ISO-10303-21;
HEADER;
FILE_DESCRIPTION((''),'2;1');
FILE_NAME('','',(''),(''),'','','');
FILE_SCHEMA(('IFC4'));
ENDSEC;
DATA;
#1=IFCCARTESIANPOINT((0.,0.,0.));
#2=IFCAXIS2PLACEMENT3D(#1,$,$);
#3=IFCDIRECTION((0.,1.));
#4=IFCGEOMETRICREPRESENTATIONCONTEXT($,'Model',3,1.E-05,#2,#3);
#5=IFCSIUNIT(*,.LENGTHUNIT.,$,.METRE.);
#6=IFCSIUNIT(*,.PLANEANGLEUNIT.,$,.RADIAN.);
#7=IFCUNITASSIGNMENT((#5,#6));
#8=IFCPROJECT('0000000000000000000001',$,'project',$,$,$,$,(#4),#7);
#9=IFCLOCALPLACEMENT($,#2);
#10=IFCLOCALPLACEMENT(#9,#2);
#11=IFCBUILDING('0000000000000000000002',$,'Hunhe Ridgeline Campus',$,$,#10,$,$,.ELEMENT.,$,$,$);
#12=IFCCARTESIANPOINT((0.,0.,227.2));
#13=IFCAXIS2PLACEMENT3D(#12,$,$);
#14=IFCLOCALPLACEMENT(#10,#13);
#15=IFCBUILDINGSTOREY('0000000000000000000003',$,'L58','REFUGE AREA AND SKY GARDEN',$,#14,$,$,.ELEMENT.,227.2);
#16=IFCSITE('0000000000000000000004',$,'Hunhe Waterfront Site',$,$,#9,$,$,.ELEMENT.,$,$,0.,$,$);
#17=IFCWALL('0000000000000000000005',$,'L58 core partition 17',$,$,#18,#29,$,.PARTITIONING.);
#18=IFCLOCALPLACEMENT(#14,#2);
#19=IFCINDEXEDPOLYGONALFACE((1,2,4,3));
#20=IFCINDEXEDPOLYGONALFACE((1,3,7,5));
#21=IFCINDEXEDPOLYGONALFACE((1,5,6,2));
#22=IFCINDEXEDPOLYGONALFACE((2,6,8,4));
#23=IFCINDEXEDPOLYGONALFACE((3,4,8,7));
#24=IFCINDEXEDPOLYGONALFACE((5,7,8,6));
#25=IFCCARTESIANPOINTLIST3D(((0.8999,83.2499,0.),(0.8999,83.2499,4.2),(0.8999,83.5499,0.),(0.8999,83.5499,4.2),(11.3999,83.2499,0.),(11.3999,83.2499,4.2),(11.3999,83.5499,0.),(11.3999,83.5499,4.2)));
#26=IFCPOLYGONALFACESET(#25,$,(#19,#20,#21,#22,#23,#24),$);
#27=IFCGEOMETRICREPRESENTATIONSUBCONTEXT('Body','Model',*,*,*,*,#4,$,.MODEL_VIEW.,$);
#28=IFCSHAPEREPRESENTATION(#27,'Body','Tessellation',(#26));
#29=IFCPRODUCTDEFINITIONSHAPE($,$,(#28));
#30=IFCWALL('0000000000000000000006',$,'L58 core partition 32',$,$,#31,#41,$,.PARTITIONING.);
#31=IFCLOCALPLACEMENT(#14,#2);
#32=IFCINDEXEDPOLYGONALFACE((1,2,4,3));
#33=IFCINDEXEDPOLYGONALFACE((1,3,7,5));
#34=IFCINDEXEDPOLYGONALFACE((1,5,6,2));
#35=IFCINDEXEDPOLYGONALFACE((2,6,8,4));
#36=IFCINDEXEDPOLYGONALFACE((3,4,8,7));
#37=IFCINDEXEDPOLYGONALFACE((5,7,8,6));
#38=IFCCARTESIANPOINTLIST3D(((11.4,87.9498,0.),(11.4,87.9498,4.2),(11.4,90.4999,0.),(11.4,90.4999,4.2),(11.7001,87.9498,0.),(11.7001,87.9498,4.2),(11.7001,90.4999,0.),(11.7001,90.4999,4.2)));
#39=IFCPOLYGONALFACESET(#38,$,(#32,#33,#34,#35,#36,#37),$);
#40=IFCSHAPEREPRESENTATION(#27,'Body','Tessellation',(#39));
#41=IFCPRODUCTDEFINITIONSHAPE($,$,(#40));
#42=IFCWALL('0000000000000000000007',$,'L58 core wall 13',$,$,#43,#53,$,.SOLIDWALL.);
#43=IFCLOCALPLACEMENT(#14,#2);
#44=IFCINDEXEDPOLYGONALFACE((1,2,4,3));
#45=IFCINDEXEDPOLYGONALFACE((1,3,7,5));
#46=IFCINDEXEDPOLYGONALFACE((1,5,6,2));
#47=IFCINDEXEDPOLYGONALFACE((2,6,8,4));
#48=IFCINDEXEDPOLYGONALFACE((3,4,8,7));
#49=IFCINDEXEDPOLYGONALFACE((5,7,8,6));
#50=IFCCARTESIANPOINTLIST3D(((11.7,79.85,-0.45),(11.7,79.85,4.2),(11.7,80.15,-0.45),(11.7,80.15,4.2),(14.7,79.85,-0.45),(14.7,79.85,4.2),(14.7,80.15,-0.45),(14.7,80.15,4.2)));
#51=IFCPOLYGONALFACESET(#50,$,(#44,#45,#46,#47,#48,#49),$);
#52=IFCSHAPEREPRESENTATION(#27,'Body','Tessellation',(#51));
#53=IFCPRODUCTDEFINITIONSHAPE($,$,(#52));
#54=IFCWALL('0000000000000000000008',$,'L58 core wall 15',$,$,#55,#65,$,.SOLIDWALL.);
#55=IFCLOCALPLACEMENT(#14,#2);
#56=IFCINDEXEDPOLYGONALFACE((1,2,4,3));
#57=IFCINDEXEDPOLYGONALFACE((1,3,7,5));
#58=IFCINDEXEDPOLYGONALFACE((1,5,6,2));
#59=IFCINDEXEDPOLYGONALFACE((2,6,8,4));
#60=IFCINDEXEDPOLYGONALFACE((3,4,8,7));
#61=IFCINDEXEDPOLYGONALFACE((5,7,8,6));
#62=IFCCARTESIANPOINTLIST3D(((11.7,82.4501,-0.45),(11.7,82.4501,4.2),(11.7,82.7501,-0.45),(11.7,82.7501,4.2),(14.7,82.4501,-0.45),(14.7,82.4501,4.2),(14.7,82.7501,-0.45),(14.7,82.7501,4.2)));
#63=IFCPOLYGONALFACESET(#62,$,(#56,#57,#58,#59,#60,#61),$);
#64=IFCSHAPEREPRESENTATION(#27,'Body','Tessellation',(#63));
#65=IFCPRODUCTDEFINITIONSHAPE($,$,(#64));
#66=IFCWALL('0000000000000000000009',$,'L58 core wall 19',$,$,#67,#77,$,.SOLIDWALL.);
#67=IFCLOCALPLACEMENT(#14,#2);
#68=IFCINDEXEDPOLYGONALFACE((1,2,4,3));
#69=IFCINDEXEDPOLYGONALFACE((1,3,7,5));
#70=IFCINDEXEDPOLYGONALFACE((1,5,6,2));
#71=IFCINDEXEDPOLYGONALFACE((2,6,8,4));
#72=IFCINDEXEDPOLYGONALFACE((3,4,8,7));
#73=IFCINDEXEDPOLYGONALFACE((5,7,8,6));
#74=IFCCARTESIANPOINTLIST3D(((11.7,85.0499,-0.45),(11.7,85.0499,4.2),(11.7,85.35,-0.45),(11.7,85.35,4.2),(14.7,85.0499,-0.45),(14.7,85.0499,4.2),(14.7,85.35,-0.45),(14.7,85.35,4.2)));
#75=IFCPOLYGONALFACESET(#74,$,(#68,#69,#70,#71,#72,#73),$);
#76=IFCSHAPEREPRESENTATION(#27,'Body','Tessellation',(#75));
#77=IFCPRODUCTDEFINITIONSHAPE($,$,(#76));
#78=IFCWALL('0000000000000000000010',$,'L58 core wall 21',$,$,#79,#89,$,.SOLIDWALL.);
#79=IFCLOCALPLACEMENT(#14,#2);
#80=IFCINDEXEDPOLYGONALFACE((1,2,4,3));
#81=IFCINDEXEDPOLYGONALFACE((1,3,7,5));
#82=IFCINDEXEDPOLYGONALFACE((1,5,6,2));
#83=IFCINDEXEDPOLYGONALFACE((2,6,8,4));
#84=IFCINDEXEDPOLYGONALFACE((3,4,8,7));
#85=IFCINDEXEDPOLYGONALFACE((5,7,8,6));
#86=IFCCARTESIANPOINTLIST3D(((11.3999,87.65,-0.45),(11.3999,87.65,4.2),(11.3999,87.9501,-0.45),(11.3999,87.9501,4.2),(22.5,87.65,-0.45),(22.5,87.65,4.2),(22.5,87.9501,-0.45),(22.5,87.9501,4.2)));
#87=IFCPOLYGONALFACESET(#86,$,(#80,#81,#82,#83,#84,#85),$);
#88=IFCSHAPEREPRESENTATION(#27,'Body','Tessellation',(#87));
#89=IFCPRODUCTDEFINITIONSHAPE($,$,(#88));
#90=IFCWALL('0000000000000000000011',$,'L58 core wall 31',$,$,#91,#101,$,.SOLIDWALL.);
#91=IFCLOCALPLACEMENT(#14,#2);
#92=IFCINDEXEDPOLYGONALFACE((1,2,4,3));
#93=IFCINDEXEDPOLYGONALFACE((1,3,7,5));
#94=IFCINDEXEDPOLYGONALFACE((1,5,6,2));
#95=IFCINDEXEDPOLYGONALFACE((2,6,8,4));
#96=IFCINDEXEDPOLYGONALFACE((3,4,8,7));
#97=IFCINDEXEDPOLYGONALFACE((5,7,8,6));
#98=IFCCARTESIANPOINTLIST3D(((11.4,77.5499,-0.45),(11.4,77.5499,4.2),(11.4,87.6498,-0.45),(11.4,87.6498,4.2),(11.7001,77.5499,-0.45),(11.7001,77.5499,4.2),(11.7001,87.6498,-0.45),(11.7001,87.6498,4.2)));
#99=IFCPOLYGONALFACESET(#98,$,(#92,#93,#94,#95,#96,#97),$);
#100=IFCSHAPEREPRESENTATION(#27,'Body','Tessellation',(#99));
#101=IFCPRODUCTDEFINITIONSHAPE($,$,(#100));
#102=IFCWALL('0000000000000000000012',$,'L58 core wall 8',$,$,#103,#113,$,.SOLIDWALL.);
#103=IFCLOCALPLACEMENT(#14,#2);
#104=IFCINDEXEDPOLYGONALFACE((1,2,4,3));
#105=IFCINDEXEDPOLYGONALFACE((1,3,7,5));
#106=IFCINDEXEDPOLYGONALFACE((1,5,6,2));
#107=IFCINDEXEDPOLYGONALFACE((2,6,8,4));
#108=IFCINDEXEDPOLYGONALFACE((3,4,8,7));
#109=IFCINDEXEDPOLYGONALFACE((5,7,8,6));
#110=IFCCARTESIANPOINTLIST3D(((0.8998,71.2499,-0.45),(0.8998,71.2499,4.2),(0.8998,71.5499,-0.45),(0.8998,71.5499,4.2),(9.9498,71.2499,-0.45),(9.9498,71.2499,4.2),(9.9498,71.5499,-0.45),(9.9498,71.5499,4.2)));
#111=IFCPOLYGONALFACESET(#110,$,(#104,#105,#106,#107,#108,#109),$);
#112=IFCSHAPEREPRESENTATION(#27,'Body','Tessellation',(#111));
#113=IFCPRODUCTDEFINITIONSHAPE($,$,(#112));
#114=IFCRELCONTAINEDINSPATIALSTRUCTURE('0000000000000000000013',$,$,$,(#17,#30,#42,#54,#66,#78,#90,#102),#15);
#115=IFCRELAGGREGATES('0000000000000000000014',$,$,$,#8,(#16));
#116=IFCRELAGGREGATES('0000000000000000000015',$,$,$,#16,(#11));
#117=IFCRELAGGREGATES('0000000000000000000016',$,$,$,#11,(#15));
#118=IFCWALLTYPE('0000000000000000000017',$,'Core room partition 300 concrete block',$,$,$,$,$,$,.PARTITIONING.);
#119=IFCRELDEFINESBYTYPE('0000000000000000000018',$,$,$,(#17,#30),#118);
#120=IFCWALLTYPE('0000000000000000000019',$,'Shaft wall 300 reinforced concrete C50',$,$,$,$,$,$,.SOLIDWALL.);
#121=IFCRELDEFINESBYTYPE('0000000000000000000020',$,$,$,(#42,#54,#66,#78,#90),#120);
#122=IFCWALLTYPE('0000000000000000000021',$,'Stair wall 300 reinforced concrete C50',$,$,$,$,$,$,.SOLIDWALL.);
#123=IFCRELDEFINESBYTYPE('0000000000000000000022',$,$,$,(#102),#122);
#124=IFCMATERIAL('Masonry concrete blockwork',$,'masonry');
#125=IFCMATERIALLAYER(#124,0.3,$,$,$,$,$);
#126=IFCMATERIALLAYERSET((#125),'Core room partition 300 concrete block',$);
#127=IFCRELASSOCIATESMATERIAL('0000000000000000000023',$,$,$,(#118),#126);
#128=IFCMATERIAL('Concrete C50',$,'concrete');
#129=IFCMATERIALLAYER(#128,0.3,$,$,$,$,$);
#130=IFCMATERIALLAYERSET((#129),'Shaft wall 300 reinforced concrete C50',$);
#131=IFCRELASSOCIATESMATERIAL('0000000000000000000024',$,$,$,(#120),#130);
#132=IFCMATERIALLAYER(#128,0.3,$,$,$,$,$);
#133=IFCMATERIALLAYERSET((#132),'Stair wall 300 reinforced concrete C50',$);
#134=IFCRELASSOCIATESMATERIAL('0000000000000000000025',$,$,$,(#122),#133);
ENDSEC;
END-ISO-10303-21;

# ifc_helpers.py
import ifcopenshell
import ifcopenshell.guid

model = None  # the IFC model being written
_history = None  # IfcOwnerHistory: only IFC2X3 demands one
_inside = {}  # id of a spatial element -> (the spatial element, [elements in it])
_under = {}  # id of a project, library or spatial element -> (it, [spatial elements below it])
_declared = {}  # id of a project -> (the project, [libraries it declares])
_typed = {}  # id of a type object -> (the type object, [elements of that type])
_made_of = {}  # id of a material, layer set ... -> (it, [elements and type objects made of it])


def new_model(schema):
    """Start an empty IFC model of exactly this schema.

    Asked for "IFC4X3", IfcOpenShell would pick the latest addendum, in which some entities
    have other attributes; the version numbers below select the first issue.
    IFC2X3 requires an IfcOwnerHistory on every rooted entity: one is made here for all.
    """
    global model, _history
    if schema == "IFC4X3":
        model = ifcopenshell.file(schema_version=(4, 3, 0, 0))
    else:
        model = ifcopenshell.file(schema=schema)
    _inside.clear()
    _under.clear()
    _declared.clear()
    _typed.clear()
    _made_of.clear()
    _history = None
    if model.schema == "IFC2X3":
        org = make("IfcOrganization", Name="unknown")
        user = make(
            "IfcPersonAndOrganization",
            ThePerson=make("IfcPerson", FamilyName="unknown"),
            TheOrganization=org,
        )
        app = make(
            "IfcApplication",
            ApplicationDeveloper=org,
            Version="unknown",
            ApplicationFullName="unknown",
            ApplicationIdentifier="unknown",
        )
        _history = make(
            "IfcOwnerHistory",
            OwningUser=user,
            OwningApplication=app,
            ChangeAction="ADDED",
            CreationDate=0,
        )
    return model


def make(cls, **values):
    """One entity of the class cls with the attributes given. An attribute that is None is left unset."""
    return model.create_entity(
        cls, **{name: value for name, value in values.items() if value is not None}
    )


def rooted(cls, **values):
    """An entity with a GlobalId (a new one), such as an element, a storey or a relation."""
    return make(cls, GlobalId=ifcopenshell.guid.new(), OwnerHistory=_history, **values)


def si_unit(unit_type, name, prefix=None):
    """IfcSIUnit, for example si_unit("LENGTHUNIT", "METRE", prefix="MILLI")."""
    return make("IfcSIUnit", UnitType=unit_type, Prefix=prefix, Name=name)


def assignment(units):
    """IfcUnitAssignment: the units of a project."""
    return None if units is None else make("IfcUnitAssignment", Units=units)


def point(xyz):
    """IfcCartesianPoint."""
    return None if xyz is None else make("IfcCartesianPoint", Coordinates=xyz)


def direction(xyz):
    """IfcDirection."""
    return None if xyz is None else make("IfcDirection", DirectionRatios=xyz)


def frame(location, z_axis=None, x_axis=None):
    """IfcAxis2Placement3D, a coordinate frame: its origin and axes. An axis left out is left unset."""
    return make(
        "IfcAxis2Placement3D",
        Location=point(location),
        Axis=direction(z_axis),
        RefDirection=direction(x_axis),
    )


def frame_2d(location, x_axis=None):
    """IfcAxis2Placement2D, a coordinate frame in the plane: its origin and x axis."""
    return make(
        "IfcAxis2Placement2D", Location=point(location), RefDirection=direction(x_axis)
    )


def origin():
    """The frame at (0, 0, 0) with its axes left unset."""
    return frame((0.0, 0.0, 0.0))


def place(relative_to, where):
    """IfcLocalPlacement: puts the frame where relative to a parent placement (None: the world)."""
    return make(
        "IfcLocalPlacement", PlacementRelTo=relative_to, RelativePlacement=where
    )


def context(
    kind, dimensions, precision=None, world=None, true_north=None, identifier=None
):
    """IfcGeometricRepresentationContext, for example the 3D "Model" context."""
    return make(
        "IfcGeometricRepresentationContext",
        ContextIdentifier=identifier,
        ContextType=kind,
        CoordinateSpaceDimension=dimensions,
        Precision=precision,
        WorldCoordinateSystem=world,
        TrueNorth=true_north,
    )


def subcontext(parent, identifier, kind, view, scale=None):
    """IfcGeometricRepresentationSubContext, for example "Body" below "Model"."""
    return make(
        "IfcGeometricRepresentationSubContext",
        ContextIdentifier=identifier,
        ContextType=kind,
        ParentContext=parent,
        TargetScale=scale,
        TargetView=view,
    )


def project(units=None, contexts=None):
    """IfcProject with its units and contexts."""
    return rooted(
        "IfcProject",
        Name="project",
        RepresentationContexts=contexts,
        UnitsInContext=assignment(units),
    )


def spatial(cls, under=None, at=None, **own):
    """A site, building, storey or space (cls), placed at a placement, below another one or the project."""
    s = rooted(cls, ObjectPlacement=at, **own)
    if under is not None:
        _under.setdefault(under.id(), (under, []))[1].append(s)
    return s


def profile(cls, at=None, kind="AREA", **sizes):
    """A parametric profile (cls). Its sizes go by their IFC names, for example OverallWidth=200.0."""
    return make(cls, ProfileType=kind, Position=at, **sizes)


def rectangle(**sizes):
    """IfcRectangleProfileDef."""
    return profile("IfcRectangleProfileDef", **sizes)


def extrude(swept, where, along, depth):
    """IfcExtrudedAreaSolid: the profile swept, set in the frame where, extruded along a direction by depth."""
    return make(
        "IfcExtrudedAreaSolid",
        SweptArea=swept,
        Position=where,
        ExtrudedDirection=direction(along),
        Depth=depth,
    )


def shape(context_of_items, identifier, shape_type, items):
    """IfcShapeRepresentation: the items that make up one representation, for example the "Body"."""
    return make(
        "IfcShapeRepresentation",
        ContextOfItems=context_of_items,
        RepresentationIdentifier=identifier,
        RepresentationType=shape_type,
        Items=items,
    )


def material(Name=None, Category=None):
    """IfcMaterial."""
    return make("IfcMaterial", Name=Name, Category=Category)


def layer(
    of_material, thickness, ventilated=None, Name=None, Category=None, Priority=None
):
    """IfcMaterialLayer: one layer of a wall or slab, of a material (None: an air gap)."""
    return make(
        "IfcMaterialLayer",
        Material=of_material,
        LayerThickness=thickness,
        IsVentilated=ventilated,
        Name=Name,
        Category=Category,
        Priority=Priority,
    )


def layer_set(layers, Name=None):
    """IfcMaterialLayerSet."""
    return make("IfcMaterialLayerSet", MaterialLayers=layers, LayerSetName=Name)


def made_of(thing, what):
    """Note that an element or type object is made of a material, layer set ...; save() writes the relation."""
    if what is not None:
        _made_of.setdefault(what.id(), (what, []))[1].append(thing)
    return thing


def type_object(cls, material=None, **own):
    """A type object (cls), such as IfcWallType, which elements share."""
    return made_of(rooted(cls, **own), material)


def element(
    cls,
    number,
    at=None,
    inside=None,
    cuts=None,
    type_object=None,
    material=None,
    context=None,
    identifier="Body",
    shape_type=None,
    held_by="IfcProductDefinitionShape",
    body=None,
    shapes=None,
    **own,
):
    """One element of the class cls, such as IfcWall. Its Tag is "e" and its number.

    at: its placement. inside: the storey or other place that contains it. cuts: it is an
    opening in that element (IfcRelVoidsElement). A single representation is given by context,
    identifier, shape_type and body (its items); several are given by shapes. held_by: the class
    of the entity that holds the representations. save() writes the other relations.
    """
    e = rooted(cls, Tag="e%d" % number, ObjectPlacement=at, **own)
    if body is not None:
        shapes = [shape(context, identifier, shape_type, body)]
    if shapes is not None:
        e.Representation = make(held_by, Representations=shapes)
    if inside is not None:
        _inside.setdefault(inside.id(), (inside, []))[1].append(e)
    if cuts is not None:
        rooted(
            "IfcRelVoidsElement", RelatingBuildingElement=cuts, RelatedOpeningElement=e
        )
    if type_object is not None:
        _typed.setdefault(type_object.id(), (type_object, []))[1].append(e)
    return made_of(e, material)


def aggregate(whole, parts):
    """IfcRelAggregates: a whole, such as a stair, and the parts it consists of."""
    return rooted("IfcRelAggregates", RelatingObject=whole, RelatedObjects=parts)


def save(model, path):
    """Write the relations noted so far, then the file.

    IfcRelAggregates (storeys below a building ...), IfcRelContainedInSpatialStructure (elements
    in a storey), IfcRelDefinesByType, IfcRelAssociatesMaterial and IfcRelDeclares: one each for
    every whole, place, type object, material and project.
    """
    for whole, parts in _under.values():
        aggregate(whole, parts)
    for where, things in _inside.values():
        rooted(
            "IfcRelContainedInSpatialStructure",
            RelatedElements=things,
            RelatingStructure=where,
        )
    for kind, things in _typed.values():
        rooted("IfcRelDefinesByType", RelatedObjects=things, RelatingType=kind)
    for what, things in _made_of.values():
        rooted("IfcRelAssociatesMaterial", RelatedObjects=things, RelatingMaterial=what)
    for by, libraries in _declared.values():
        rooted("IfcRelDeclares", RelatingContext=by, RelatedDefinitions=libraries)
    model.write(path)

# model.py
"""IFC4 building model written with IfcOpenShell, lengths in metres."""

from ifc_helpers import new_model, si_unit, direction, frame, frame_2d, origin, place, context, subcontext, project, spatial, rectangle, extrude, material, layer, layer_set, type_object, element, save


model = new_model("IFC4")

# Units and contexts
model_context = context("Model", 3, precision=1e-05, world=origin(), true_north=direction((0.0, 1.0)))
body_context = subcontext(model_context, "Body", "Model", "MODEL_VIEW")
ifc_project = project(units=[si_unit("LENGTHUNIT", "METRE"), si_unit("PLANEANGLEUNIT", "RADIAN")], contexts=[model_context])

# Site, building, storey
site_placement = place(None, origin())
site = spatial("IfcSite", under=ifc_project, at=site_placement, Name="Hunhe Waterfront Site", CompositionType="ELEMENT", RefElevation=0.0)
building_placement = place(site_placement, origin())
building = spatial("IfcBuilding", under=site, at=building_placement, Name="Hunhe Ridgeline Campus", CompositionType="ELEMENT")
storey_placement = place(building_placement, frame((0.0, 0.0, 227.2)))
storey = spatial("IfcBuildingStorey", under=building, at=storey_placement, Name="L58", Description="REFUGE AREA AND SKY GARDEN", CompositionType="ELEMENT", Elevation=227.2)

# Shared definitions
ifc_material_1 = material(Name="Masonry concrete blockwork", Category="masonry")
ifc_layer_1 = layer(ifc_material_1, 0.3)
ifc_layer_set_1 = layer_set([ifc_layer_1], Name="Core room partition 300 concrete block")
wall_type_1 = type_object("IfcWallType", Name="Core room partition 300 concrete block", PredefinedType="PARTITIONING", material=ifc_layer_set_1)

# Walls
wall_1_placement = place(storey_placement, frame((0.8999, 83.3999, 0.0), z_axis=(0.0, 0.0, 1.0), x_axis=(1.0, 0.0, 0.0)))
element("IfcWall", 1, at=wall_1_placement, inside=storey, type_object=wall_type_1, Name="L58 core partition 17", PredefinedType="PARTITIONING", context=body_context, shape_type="SweptSolid", body=[
    extrude(rectangle(XDim=10.5, YDim=0.3, at=frame_2d((5.25, 0.0))), origin(), (0.0, 0.0, 1.0), 4.2),
])
wall_2_placement = place(storey_placement, frame((11.55, 87.95, 0.0), z_axis=(0.0, 0.0, 1.0), x_axis=(0.0, 1.0, 0.0)))
element("IfcWall", 2, at=wall_2_placement, inside=storey, type_object=wall_type_1, Name="L58 core partition 32", PredefinedType="PARTITIONING", context=body_context, shape_type="SweptSolid", body=[
    extrude(rectangle(XDim=2.55, YDim=0.3, at=frame_2d((1.2749, 0.0))), origin(), (0.0, 0.0, 1.0), 4.2),
])

# Shared definitions
ifc_material_2 = material(Name="Concrete C50", Category="concrete")
ifc_layer_2 = layer(ifc_material_2, 0.3)
ifc_layer_set_2 = layer_set([ifc_layer_2], Name="Shaft wall 300 reinforced concrete C50")
wall_type_2 = type_object("IfcWallType", Name="Shaft wall 300 reinforced concrete C50", PredefinedType="SOLIDWALL", material=ifc_layer_set_2)

# Walls
for number, where, z_axis, x_axis, name in (
    (3, (11.7, 80.0, -0.45), (0.0, 0.0, 1.0), (1.0, 0.0, 0.0), "L58 core wall 13"),
    (4, (11.7, 82.6001, -0.45), (0.0, 0.0, 1.0), (1.0, 0.0, 0.0), "L58 core wall 15"),
    (5, (11.7, 85.2, -0.45), (0.0, 0.0, 1.0), (1.0, 0.0, 0.0), "L58 core wall 19"),
):
    element("IfcWall", number, at=place(storey_placement, frame(where, z_axis=z_axis, x_axis=x_axis)), inside=storey, type_object=wall_type_2, Name=name, PredefinedType="SOLIDWALL", context=body_context, shape_type="SweptSolid", body=[
        extrude(rectangle(XDim=3.0, YDim=0.3, at=frame_2d((1.5, 0.0))), origin(), (0.0, 0.0, 1.0), 4.6499),
    ])
wall_3_placement = place(storey_placement, frame((11.3999, 87.8, -0.45), z_axis=(0.0, 0.0, 1.0), x_axis=(1.0, 0.0, 0.0)))
element("IfcWall", 6, at=wall_3_placement, inside=storey, type_object=wall_type_2, Name="L58 core wall 21", PredefinedType="SOLIDWALL", context=body_context, shape_type="SweptSolid", body=[
    extrude(rectangle(XDim=11.1001, YDim=0.3, at=frame_2d((5.55, 0.0))), origin(), (0.0, 0.0, 1.0), 4.6499),
])
wall_4_placement = place(storey_placement, frame((11.55, 77.55, -0.45), z_axis=(0.0, 0.0, 1.0), x_axis=(0.0, 1.0, 0.0)))
element("IfcWall", 7, at=wall_4_placement, inside=storey, type_object=wall_type_2, Name="L58 core wall 31", PredefinedType="SOLIDWALL", context=body_context, shape_type="SweptSolid", body=[
    extrude(rectangle(XDim=10.0999, YDim=0.3, at=frame_2d((5.0498, 0.0))), origin(), (0.0, 0.0, 1.0), 4.6499),
])

# Wall
ifc_layer_3 = layer(ifc_material_2, 0.3)
ifc_layer_set_3 = layer_set([ifc_layer_3], Name="Stair wall 300 reinforced concrete C50")
wall_type_3 = type_object("IfcWallType", Name="Stair wall 300 reinforced concrete C50", PredefinedType="SOLIDWALL", material=ifc_layer_set_3)
wall_5_placement = place(storey_placement, frame((0.8999, 71.3999, -0.45), z_axis=(0.0, 0.0, 1.0), x_axis=(1.0, 0.0, 0.0)))
element("IfcWall", 8, at=wall_5_placement, inside=storey, type_object=wall_type_3, Name="L58 core wall 8", PredefinedType="SOLIDWALL", context=body_context, shape_type="SweptSolid", body=[
    extrude(rectangle(XDim=9.05, YDim=0.3, at=frame_2d((4.5249, 0.0))), origin(), (0.0, 0.0, 1.0), 4.6499),
])

save(model, "model.ifc")
